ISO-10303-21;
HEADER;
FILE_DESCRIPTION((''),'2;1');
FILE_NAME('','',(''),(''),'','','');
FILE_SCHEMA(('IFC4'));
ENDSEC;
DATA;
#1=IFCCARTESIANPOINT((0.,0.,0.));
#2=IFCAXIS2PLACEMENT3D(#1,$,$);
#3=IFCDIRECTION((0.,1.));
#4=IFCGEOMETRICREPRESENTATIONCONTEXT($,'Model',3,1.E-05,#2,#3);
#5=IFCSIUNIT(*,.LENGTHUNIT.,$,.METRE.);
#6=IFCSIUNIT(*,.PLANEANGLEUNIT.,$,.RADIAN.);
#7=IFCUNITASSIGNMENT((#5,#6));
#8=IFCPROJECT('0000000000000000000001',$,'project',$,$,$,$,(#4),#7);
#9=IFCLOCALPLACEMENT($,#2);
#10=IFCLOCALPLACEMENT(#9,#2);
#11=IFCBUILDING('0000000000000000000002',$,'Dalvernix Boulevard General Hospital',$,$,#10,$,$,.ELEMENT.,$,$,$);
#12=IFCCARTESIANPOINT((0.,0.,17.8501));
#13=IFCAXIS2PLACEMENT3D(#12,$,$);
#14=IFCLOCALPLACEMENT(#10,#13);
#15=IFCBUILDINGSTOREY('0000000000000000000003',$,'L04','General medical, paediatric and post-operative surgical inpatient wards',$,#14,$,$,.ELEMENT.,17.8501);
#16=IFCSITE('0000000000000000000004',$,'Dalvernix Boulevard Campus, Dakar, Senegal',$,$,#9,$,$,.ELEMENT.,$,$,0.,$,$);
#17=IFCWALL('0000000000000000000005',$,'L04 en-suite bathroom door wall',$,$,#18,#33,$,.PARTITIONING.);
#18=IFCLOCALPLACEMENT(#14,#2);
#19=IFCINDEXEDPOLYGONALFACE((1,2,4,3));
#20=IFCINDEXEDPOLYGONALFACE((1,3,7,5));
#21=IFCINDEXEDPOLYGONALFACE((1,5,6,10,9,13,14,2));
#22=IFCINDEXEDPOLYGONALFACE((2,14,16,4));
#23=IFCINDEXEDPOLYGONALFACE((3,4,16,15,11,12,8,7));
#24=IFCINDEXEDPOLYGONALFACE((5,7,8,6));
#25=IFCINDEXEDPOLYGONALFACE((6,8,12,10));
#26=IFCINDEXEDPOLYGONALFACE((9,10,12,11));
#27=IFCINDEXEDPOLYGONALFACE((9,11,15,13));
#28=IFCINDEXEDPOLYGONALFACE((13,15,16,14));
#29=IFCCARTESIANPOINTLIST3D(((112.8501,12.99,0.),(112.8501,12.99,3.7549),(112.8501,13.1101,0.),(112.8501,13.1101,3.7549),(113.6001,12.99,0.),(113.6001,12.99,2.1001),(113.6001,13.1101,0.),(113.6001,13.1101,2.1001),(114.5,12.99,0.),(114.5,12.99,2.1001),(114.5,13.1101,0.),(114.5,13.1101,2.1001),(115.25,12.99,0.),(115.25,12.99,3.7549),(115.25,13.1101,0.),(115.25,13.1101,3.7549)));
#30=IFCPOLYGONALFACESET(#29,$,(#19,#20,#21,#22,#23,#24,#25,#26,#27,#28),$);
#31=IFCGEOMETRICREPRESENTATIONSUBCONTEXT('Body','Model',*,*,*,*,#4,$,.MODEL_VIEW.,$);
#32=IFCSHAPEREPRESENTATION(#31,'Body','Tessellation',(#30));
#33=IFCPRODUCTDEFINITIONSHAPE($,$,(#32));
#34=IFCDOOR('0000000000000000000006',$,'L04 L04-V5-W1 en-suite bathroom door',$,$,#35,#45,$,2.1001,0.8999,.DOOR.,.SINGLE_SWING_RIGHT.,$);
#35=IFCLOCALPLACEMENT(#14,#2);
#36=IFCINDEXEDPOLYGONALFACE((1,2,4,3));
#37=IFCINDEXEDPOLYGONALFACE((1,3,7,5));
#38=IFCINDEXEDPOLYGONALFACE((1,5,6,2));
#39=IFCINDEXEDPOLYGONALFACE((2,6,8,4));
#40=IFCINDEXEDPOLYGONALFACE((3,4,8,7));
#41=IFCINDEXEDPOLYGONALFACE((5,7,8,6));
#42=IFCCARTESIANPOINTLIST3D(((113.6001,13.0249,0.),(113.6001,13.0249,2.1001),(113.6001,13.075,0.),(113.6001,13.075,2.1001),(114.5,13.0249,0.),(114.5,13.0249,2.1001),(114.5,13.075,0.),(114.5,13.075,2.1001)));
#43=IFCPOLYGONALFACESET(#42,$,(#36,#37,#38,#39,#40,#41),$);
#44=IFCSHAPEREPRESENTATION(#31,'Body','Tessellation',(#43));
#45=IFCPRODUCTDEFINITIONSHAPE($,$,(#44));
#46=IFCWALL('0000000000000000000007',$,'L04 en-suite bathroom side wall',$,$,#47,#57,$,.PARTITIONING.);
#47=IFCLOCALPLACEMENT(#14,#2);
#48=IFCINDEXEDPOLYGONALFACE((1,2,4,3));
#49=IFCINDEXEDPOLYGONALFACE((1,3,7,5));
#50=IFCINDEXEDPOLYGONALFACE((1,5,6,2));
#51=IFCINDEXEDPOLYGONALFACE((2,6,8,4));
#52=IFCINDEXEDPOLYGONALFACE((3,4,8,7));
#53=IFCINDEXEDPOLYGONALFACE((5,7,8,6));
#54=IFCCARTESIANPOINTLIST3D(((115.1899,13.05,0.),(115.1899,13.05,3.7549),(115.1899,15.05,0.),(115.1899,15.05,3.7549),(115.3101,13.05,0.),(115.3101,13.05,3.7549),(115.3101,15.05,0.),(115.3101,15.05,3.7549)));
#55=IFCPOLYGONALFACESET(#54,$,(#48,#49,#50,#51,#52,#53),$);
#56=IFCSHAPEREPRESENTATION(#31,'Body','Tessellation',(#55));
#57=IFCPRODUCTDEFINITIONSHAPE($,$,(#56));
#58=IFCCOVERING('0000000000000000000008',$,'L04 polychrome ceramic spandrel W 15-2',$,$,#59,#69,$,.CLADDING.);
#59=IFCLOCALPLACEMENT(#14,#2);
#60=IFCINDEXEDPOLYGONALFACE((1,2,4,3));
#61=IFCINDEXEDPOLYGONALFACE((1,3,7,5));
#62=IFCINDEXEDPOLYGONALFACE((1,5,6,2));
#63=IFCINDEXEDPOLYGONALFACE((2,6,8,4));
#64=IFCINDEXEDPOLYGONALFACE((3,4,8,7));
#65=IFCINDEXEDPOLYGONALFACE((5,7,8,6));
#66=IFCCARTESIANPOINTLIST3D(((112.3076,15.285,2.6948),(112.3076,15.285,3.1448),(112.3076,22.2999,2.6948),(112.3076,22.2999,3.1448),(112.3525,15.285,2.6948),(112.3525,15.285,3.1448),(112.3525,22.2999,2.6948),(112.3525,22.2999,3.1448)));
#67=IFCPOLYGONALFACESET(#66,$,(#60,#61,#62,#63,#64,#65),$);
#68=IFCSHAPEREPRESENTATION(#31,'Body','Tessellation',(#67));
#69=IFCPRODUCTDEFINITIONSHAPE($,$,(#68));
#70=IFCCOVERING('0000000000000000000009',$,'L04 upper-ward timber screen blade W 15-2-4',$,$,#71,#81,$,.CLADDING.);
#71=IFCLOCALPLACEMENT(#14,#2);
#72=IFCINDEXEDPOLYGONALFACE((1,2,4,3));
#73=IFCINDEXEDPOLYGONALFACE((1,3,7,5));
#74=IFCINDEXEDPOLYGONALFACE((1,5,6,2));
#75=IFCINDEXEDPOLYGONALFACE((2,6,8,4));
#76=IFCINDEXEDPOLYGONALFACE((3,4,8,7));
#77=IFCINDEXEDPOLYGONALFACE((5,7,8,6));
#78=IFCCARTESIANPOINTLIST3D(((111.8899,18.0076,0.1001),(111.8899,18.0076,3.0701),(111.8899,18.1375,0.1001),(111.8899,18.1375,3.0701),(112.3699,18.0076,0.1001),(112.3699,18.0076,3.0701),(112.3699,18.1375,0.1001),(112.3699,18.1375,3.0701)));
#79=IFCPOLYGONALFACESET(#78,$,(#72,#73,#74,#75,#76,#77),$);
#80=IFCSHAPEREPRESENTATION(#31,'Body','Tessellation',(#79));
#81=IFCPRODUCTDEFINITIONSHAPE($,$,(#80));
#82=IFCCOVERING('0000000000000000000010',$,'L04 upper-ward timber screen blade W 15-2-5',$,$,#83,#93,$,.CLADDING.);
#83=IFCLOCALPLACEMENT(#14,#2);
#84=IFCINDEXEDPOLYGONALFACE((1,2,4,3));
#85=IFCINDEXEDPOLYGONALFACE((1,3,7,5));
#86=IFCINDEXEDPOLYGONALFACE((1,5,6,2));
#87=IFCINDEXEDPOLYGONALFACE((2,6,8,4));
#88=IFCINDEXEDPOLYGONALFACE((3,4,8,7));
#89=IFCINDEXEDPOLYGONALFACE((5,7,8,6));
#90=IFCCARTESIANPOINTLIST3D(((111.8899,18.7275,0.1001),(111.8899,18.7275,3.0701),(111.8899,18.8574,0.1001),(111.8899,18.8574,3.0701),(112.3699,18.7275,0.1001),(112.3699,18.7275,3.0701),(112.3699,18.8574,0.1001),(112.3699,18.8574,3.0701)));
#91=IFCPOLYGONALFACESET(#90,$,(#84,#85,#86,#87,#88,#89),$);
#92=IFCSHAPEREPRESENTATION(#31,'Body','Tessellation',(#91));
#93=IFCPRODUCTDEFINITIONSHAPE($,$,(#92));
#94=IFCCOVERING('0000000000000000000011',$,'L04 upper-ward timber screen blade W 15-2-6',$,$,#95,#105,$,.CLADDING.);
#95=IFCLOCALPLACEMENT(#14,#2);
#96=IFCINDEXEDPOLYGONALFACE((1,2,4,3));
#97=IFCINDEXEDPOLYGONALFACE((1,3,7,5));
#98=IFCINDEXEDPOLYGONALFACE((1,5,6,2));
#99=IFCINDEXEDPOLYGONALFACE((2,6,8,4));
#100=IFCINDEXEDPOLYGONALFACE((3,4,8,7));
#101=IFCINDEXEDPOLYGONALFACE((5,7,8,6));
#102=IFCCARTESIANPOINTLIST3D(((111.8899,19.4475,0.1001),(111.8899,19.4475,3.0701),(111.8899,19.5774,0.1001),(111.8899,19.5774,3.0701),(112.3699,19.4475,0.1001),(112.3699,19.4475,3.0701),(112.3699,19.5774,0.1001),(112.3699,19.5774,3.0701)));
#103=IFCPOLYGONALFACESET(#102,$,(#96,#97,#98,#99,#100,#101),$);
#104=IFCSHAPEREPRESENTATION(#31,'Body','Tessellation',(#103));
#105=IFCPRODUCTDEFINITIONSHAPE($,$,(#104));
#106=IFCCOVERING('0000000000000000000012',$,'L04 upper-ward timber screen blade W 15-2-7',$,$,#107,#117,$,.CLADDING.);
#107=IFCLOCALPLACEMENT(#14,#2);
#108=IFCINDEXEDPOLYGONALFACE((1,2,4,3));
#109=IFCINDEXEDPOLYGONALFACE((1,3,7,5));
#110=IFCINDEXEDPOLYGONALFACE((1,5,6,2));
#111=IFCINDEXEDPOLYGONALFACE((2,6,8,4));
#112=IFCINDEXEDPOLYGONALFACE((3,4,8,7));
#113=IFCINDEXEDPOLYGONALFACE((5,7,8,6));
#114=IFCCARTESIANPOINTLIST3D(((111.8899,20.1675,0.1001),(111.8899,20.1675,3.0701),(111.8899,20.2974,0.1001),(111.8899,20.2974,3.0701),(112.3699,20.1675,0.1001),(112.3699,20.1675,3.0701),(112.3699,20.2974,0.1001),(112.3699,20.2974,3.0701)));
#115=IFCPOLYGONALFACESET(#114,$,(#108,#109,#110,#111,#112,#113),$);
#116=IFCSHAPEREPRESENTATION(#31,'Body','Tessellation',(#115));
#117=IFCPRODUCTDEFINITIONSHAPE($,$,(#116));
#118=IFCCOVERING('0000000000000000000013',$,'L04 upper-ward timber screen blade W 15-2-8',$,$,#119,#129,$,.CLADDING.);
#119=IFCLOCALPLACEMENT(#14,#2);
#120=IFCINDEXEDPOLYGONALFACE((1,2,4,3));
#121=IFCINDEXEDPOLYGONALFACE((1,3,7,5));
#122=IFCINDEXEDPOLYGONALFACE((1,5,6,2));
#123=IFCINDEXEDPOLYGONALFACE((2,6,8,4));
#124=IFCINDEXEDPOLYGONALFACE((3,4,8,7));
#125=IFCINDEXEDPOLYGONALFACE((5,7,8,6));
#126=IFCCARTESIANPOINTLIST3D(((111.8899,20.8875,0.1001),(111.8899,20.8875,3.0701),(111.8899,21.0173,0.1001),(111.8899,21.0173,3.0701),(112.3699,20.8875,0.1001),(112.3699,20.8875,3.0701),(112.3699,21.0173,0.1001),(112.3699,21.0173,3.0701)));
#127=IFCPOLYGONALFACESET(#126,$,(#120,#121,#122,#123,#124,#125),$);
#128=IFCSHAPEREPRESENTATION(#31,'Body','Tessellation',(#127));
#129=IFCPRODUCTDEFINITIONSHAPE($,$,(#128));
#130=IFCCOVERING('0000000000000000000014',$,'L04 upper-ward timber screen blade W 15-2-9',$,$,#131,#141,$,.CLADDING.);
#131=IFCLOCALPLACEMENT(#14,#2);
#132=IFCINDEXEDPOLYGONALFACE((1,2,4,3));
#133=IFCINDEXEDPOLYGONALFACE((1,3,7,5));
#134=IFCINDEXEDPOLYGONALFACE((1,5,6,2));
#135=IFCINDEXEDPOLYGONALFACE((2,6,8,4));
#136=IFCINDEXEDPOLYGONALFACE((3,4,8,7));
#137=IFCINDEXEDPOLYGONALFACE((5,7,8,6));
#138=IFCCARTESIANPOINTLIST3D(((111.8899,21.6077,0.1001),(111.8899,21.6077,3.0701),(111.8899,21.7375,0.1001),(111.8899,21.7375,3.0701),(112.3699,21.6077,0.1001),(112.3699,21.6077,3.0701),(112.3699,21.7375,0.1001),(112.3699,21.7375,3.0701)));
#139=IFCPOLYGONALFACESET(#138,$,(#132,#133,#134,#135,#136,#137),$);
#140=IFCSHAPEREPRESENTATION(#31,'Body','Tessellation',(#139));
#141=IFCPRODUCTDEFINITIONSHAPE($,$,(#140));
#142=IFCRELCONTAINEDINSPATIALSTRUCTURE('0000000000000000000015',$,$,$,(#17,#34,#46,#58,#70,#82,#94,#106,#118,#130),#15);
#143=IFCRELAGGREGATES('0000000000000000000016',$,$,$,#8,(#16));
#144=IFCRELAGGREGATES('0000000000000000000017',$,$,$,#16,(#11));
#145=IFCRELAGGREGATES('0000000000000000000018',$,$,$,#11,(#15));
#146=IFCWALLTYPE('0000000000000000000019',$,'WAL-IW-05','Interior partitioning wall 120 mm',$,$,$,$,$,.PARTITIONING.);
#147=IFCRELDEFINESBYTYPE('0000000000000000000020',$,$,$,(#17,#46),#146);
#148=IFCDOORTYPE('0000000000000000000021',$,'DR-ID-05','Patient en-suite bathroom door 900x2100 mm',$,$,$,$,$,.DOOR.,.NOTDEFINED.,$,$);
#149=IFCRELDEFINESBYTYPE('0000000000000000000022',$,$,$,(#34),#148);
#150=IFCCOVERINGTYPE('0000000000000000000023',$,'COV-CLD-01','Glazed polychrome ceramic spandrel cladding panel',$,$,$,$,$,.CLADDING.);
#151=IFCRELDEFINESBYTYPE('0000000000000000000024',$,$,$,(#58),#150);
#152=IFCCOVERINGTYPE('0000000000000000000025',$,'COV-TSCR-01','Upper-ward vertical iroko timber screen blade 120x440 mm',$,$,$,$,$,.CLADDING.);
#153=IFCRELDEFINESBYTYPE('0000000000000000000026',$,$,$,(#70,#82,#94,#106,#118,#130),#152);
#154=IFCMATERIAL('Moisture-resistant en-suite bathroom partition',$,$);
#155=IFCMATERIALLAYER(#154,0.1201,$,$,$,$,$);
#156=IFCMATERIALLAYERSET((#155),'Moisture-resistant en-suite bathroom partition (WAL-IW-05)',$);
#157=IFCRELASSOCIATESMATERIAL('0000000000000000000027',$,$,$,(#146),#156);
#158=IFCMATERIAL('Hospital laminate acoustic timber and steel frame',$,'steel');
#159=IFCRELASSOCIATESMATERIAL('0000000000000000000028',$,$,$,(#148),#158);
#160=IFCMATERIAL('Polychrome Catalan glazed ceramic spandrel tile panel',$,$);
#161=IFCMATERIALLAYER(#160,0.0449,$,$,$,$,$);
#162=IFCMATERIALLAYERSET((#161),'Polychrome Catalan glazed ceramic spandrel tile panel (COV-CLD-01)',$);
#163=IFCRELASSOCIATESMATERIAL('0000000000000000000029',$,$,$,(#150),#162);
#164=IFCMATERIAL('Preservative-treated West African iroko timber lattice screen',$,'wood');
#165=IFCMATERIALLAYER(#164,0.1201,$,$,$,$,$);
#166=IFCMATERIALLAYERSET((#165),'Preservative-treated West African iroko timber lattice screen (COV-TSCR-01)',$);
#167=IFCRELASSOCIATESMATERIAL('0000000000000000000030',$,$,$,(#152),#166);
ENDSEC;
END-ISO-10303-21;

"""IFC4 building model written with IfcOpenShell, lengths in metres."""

from ifc_helpers import new_model, si_unit, direction, frame, frame_2d, origin, origin_2d, place, context, subcontext, project, spatial, rectangle, extrude, material, layer, layer_set, type_object, element, fill, save


model = new_model("IFC4")

# Units and contexts
model_context = context("Model", 3, precision=1e-05, world=origin(), true_north=direction((0.0, 1.0)))
body_context = subcontext(model_context, "Body", "Model", "MODEL_VIEW")
ifc_project = project(units=[si_unit("LENGTHUNIT", "METRE"), si_unit("PLANEANGLEUNIT", "RADIAN")], contexts=[model_context])

# Site, building, storey
site_placement = place(None, origin())
site = spatial("IfcSite", under=ifc_project, at=site_placement, Name="Dalvernix Boulevard Campus, Dakar, Senegal", CompositionType="ELEMENT", RefElevation=0.0)
building_placement = place(site_placement, origin())
building = spatial("IfcBuilding", under=site, at=building_placement, Name="Dalvernix Boulevard General Hospital", CompositionType="ELEMENT")
storey_placement = place(building_placement, frame((0.0, 0.0, 17.8501)))
storey = spatial("IfcBuildingStorey", under=building, at=storey_placement, Name="L04", Description="General medical, paediatric and post-operative surgical inpatient wards", CompositionType="ELEMENT", Elevation=17.8501)

# Wall, opening, door
ifc_material_1 = material(Name="Hospital laminate acoustic timber and steel frame", Category="steel")
ifc_material_2 = material(Name="Moisture-resistant en-suite bathroom partition")
ifc_layer_1 = layer(ifc_material_2, 0.1201)
ifc_layer_set_1 = layer_set([ifc_layer_1], Name="Moisture-resistant en-suite bathroom partition (WAL-IW-05)")
wall_type_1 = type_object("IfcWallType", Name="WAL-IW-05", Description="Interior partitioning wall 120 mm", PredefinedType="PARTITIONING", material=ifc_layer_set_1)
wall_1_placement = place(storey_placement, frame((112.8501, 13.05, 0.0), z_axis=(0.0, 0.0, 1.0), x_axis=(1.0, 0.0, 0.0)))
wall_1 = element("IfcWall", 1, at=wall_1_placement, inside=storey, type_object=wall_type_1, Name="L04 en-suite bathroom door wall", PredefinedType="PARTITIONING", context=body_context, shape_type="SweptSolid", body=[
    extrude(rectangle(XDim=2.3999, YDim=0.1201, at=frame_2d((1.2, 0.0))), origin(), (0.0, 0.0, 1.0), 3.7549),
])
opening_1_placement = place(wall_1_placement, frame((0.75, 0.0, 0.0)))
opening_1 = element("IfcOpeningElement", 2, at=opening_1_placement, cuts=wall_1, PredefinedType="OPENING", context=body_context, shape_type="SweptSolid", body=[
    extrude(rectangle(XDim=0.8999, YDim=2.1001, at=frame_2d((0.45, 1.05))), frame((0.0, 0.0701, 0.0), z_axis=(0.0, -1.0, 0.0), x_axis=(1.0, 0.0, 0.0)), (0.0, 0.0, 1.0), 0.1401),
])
door_type_1 = type_object("IfcDoorType", Name="DR-ID-05", Description="Patient en-suite bathroom door 900x2100 mm", OperationType="NOTDEFINED", PredefinedType="DOOR", material=ifc_material_1)
door_1_placement = place(opening_1_placement, origin())
door_1 = element("IfcDoor", 3, at=door_1_placement, inside=storey, type_object=door_type_1, Name="L04 L04-V5-W1 en-suite bathroom door", OperationType="SINGLE_SWING_RIGHT", OverallHeight=2.1001, OverallWidth=0.8999, PredefinedType="DOOR", context=body_context, shape_type="SweptSolid", body=[
    extrude(rectangle(XDim=0.8999, YDim=2.1001, at=frame_2d((0.45, 1.05))), frame((0.0, 0.0249, 0.0), z_axis=(0.0, -1.0, 0.0), x_axis=(1.0, 0.0, 0.0)), (0.0, 0.0, 1.0), 0.05),
])
fill(opening_1, door_1)

# Wall
wall_2_placement = place(storey_placement, frame((115.25, 13.05, 0.0), z_axis=(0.0, 0.0, 1.0), x_axis=(0.0, 1.0, 0.0)))
element("IfcWall", 4, at=wall_2_placement, inside=storey, type_object=wall_type_1, Name="L04 en-suite bathroom side wall", PredefinedType="PARTITIONING", context=body_context, shape_type="SweptSolid", body=[
    extrude(rectangle(XDim=2.0, YDim=0.1201, at=frame_2d((1.0, 0.0))), origin(), (0.0, 0.0, 1.0), 3.7549),
])

# Coverings
ifc_material_3 = material(Name="Polychrome Catalan glazed ceramic spandrel tile panel")
ifc_layer_2 = layer(ifc_material_3, 0.0449)
ifc_layer_set_2 = layer_set([ifc_layer_2], Name="Polychrome Catalan glazed ceramic spandrel tile panel (COV-CLD-01)")
covering_type_1 = type_object("IfcCoveringType", Name="COV-CLD-01", Description="Glazed polychrome ceramic spandrel cladding panel", PredefinedType="CLADDING", material=ifc_layer_set_2)
covering_placement = place(storey_placement, frame((112.3301, 18.7925, 2.6948), z_axis=(0.0, 0.0, 1.0), x_axis=(0.0, 1.0, 0.0)))
element("IfcCovering", 5, at=covering_placement, inside=storey, type_object=covering_type_1, Name="L04 polychrome ceramic spandrel W 15-2", PredefinedType="CLADDING", context=body_context, shape_type="SweptSolid", body=[
    extrude(rectangle(XDim=7.0149, YDim=0.0449, at=origin_2d()), origin(), (0.0, 0.0, 1.0), 0.45),
])
ifc_material_4 = material(Name="Preservative-treated West African iroko timber lattice screen", Category="wood")
ifc_layer_3 = layer(ifc_material_4, 0.1201)
ifc_layer_set_3 = layer_set([ifc_layer_3], Name="Preservative-treated West African iroko timber lattice screen (COV-TSCR-01)")
covering_type_2 = type_object("IfcCoveringType", Name="COV-TSCR-01", Description="Upper-ward vertical iroko timber screen blade 120x440 mm", PredefinedType="CLADDING", material=ifc_layer_set_3)
for number, where, z_axis, x_axis, name in (
    (6, (112.1299, 18.0725, 0.1001), (0.0, 0.0, 1.0), (0.0, 1.0, 0.0), "L04 upper-ward timber screen blade W 15-2-4"),
    (7, (112.1299, 18.7925, 0.1001), (0.0, 0.0, 1.0), (0.0, 1.0, 0.0), "L04 upper-ward timber screen blade W 15-2-5"),
    (8, (112.1299, 19.5125, 0.1001), (0.0, 0.0, 1.0), (0.0, 1.0, 0.0), "L04 upper-ward timber screen blade W 15-2-6"),
    (9, (112.1299, 20.2324, 0.1001), (0.0, 0.0, 1.0), (0.0, 1.0, 0.0), "L04 upper-ward timber screen blade W 15-2-7"),
    (10, (112.1299, 20.9524, 0.1001), (0.0, 0.0, 1.0), (0.0, 1.0, 0.0), "L04 upper-ward timber screen blade W 15-2-8"),
    (11, (112.1299, 21.6726, 0.1001), (0.0, 0.0, 1.0), (0.0, 1.0, 0.0), "L04 upper-ward timber screen blade W 15-2-9"),
):
    element("IfcCovering", number, at=place(storey_placement, frame(where, z_axis=z_axis, x_axis=x_axis)), inside=storey, type_object=covering_type_2, Name=name, PredefinedType="CLADDING", context=body_context, shape_type="SweptSolid", body=[
        extrude(rectangle(XDim=0.1299, YDim=0.48, at=origin_2d()), origin(), (0.0, 0.0, 1.0), 2.97),
    ])

save(model, "model.ifc")
